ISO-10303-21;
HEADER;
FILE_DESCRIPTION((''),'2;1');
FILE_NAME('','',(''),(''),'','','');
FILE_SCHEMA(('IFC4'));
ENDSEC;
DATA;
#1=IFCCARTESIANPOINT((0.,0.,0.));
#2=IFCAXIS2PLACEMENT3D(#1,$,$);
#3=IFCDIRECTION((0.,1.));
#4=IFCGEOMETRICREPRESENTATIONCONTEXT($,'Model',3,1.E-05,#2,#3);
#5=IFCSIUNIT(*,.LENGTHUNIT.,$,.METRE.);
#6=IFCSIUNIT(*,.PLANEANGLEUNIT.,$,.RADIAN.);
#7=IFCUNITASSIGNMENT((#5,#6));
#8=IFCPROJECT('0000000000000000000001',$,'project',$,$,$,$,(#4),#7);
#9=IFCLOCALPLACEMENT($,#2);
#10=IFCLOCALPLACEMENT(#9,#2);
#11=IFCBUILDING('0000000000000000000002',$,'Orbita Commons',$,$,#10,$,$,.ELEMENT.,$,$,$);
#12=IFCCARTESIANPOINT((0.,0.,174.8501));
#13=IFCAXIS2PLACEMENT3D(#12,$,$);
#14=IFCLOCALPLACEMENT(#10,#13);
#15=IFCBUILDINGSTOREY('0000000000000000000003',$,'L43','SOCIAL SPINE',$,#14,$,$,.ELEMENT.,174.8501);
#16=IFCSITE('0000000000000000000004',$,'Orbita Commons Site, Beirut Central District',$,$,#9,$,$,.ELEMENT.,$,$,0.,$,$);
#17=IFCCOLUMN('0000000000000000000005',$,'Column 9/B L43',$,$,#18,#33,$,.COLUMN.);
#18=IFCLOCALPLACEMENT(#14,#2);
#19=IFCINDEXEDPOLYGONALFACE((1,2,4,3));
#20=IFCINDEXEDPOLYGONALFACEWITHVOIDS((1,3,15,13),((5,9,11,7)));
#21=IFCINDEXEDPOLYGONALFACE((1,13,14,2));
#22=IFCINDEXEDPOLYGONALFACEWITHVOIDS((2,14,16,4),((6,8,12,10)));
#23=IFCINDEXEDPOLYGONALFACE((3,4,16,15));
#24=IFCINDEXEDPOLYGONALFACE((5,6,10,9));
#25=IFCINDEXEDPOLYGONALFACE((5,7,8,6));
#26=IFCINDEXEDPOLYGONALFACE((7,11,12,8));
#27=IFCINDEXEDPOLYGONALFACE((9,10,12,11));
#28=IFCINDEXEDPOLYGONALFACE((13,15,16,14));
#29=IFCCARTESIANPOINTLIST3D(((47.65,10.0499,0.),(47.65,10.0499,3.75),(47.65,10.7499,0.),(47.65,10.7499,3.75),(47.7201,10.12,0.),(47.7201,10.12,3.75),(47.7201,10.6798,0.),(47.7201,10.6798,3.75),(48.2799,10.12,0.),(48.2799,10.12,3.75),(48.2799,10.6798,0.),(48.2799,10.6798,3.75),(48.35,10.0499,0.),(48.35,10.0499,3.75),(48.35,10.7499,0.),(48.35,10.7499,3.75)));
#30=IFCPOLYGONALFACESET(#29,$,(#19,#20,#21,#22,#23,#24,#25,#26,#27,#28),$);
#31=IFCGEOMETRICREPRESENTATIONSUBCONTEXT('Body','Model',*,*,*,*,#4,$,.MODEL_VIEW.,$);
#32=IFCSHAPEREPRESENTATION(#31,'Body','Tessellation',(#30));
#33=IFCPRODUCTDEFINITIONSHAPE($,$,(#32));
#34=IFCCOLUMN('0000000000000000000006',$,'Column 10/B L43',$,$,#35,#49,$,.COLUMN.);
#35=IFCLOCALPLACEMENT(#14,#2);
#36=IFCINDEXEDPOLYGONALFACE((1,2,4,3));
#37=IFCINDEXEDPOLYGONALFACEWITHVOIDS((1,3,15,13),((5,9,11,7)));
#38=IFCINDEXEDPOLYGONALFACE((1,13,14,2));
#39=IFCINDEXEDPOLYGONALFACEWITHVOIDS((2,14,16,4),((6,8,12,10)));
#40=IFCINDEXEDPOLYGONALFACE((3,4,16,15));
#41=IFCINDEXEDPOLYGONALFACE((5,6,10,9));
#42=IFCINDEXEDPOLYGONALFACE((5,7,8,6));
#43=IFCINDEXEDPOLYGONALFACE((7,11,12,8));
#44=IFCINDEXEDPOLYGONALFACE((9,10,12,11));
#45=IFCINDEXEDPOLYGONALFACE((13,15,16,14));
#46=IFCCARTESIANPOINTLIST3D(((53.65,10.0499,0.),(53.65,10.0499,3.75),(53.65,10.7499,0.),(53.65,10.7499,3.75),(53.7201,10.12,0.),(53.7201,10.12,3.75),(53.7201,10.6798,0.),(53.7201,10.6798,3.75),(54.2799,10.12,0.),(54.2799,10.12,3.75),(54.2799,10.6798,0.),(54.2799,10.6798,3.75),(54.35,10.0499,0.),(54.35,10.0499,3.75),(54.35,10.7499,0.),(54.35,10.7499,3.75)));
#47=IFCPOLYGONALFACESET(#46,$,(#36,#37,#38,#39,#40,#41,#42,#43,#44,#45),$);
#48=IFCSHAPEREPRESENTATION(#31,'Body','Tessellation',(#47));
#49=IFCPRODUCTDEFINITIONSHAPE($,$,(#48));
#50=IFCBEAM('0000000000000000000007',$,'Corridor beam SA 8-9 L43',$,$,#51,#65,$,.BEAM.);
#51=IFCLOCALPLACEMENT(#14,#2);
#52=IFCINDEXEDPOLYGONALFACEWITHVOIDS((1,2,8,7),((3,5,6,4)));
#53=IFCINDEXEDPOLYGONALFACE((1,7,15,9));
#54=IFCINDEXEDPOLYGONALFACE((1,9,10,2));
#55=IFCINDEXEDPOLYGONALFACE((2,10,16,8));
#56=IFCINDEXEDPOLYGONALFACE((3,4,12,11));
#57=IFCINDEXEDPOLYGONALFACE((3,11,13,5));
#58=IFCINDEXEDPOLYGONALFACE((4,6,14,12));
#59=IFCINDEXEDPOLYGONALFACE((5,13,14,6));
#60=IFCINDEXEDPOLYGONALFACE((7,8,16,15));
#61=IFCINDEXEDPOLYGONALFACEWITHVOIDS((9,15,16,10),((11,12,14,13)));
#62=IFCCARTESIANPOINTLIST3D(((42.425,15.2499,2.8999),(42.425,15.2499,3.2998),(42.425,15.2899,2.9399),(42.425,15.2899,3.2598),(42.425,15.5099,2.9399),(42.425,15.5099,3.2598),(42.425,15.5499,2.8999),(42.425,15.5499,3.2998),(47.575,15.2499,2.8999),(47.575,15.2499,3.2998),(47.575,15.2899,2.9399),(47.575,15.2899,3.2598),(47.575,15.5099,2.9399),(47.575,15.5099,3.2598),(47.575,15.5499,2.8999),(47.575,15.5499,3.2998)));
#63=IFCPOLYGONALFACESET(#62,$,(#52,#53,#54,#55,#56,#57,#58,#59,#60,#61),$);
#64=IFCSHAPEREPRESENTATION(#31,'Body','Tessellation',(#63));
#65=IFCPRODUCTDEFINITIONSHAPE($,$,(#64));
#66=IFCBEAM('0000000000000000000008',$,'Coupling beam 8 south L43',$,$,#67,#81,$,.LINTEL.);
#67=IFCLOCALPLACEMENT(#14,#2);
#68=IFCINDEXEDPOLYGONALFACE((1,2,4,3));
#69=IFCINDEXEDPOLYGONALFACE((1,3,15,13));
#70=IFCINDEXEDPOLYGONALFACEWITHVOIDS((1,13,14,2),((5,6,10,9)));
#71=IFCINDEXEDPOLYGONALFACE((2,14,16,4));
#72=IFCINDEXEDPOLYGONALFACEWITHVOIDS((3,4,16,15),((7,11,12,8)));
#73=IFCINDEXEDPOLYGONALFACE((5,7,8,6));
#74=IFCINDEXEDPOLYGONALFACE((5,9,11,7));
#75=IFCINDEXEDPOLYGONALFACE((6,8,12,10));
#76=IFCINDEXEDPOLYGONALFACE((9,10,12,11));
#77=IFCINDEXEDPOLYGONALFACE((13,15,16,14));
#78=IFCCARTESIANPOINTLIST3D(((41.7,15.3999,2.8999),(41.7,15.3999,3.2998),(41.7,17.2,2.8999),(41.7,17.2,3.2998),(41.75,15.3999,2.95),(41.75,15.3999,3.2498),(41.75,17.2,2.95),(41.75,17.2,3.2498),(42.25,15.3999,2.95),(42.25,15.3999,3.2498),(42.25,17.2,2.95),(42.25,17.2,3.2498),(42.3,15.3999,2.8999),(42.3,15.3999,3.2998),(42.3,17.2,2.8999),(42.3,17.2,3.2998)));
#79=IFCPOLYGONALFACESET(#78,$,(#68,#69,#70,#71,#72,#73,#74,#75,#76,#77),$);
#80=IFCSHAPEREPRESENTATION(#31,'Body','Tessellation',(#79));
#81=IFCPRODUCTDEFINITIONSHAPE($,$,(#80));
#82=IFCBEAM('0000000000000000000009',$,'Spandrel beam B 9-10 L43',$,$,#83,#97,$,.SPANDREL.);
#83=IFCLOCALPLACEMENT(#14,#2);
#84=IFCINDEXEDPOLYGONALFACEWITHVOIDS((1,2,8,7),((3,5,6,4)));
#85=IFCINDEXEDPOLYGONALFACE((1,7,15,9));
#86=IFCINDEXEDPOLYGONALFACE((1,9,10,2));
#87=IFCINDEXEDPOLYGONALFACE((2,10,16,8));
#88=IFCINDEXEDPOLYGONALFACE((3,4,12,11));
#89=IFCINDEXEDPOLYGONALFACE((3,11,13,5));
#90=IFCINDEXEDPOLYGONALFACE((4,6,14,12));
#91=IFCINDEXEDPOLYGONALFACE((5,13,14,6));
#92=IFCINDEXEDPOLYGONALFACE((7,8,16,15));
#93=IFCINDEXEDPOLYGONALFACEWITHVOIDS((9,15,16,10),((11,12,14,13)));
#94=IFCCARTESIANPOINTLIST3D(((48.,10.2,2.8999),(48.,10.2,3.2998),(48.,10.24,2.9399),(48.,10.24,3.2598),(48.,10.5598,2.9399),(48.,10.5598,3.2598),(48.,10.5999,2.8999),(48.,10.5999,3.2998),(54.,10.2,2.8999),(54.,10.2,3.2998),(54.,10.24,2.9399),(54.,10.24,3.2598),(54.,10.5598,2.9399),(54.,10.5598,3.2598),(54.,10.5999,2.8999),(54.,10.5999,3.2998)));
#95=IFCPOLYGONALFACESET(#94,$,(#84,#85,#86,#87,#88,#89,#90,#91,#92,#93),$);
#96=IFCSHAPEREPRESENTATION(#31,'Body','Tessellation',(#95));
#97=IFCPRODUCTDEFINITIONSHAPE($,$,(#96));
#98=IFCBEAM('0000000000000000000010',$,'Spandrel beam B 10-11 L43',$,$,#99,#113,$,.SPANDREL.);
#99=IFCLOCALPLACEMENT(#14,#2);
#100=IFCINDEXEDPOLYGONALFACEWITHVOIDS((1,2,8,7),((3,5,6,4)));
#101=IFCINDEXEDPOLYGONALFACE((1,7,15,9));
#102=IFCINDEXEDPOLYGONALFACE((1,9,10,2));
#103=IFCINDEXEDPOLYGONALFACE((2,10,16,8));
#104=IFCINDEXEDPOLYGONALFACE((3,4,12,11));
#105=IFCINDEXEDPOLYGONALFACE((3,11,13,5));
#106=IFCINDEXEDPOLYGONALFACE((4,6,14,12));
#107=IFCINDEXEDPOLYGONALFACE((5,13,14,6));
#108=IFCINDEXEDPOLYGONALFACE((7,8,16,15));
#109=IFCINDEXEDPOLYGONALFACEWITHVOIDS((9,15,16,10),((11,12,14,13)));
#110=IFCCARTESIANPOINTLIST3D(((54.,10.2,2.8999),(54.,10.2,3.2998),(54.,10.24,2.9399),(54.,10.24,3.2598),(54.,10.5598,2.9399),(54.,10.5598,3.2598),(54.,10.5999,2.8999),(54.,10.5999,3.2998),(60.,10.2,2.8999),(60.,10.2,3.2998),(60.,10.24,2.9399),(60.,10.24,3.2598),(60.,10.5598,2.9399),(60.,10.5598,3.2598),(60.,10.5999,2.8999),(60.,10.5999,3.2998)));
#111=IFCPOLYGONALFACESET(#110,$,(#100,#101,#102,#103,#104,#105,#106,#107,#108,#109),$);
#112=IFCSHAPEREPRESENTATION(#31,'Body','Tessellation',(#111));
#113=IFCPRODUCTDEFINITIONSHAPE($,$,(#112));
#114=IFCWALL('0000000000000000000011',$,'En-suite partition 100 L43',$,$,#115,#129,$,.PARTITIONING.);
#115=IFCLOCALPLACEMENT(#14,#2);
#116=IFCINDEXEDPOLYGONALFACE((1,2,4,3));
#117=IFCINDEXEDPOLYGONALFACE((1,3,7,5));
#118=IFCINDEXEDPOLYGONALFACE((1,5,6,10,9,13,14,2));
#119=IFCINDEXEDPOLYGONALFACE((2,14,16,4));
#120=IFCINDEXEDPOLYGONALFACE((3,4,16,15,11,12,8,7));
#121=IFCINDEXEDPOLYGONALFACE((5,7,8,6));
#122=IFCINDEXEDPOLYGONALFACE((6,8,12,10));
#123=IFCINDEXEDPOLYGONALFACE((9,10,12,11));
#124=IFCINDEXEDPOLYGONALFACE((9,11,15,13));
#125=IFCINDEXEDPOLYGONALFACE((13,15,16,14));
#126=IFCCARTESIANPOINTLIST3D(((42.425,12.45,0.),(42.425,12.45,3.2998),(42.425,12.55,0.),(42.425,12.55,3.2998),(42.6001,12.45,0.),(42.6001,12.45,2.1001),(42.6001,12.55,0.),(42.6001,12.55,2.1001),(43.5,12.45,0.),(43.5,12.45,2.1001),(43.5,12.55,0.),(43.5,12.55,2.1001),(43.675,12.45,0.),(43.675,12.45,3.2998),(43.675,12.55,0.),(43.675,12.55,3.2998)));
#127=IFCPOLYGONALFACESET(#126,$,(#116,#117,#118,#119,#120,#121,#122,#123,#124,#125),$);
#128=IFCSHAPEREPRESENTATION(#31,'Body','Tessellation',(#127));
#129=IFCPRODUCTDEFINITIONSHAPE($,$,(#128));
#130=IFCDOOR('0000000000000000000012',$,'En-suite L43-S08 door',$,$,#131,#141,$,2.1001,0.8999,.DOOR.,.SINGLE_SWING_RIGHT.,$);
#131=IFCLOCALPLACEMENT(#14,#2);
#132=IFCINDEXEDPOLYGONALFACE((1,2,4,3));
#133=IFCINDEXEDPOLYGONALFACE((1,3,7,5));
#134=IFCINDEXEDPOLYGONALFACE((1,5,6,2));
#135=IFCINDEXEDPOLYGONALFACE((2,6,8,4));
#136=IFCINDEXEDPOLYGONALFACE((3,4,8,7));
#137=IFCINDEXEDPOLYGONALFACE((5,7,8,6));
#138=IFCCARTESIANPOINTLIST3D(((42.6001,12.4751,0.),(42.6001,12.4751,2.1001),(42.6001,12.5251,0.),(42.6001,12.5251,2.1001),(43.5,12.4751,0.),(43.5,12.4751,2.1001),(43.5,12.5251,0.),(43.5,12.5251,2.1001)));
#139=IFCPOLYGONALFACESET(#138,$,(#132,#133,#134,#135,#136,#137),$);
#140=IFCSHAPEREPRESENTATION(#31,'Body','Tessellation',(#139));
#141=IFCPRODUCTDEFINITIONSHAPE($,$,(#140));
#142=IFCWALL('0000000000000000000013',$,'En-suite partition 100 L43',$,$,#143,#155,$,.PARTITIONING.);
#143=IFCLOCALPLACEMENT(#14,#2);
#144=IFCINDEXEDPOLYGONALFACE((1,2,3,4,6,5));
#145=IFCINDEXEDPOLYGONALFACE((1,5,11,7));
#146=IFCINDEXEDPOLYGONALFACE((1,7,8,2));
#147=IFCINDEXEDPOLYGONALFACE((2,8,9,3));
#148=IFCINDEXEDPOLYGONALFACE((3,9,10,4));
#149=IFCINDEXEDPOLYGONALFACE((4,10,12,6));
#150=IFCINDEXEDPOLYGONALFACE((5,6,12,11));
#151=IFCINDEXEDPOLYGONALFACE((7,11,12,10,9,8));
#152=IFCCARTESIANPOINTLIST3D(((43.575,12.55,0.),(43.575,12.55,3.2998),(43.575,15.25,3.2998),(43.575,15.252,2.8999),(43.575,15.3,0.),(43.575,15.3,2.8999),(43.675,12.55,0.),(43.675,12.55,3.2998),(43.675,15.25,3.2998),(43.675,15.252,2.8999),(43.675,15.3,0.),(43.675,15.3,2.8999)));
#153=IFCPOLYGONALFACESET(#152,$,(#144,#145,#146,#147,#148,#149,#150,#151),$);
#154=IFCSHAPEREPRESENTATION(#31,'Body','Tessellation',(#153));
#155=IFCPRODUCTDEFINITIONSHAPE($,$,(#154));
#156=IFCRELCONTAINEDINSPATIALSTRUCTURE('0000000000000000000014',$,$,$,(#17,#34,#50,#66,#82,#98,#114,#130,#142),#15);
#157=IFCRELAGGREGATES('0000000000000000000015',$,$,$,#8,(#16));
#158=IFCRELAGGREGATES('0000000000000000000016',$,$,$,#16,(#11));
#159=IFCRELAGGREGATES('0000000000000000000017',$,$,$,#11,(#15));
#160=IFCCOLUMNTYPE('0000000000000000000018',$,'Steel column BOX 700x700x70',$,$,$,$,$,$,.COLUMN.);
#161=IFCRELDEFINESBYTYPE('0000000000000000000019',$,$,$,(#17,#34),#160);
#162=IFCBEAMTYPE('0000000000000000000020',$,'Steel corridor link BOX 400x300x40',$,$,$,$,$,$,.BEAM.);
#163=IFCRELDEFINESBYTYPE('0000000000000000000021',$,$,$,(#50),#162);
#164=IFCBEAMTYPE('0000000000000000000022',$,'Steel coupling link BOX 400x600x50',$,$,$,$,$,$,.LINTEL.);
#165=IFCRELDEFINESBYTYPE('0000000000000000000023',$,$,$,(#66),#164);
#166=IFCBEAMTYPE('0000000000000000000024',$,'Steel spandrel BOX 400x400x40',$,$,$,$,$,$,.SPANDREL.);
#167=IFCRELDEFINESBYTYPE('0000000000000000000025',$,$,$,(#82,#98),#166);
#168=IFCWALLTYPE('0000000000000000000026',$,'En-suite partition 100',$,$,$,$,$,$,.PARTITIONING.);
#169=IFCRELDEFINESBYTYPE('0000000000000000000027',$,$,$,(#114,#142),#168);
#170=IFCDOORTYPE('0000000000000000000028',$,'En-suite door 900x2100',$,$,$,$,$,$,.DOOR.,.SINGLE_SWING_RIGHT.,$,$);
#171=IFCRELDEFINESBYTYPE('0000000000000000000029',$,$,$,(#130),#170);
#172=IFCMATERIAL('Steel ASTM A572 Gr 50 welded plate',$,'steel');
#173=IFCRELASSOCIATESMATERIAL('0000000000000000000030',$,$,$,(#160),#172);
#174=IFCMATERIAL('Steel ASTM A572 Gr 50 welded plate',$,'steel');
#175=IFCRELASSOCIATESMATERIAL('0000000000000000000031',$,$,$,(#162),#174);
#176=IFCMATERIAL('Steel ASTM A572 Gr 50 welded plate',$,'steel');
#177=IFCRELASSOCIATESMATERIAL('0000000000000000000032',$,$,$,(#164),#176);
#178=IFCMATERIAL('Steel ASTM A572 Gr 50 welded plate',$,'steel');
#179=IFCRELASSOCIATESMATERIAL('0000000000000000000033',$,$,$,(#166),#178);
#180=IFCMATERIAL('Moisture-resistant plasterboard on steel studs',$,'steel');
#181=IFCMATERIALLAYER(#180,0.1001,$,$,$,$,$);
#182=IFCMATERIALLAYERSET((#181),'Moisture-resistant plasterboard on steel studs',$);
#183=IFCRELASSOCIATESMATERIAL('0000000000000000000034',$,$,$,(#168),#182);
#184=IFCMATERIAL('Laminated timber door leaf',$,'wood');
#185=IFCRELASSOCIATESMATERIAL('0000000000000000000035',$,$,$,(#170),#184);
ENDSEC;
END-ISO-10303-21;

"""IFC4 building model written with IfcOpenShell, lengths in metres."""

from ifc_helpers import new_model, si_unit, direction, frame, frame_2d, origin, origin_2d, place, context, subcontext, project, spatial, polyline, rectangle, hollow_rectangle, outline, extrude, material, layer, layer_set, material_profile, profile_set, type_object, element, fill, save


model = new_model("IFC4")

# Units and contexts
model_context = context("Model", 3, precision=1e-05, world=origin(), true_north=direction((0.0, 1.0)))
body_context = subcontext(model_context, "Body", "Model", "MODEL_VIEW")
ifc_project = project(units=[si_unit("LENGTHUNIT", "METRE"), si_unit("PLANEANGLEUNIT", "RADIAN")], contexts=[model_context])

# Site, building, storey
site_placement = place(None, origin())
site = spatial("IfcSite", under=ifc_project, at=site_placement, Name="Orbita Commons Site, Beirut Central District", CompositionType="ELEMENT", RefElevation=0.0)
building_placement = place(site_placement, origin())
building = spatial("IfcBuilding", under=site, at=building_placement, Name="Orbita Commons", CompositionType="ELEMENT")
storey_placement = place(building_placement, frame((0.0, 0.0, 174.8501)))
storey = spatial("IfcBuildingStorey", under=building, at=storey_placement, Name="L43", Description="SOCIAL SPINE", CompositionType="ELEMENT", Elevation=174.8501)

# Columns
ifc_material_1 = material(Name="Steel ASTM A572 Gr 50 welded plate", Category="steel")
ifc_material_profile_1 = material_profile(ifc_material_1, hollow_rectangle(XDim=0.7, YDim=0.7, WallThickness=0.0701, at=origin_2d()), Name="BOX 700x700x70")
ifc_profile_set_1 = profile_set([ifc_material_profile_1], Name="Steel ASTM A572 Gr 50 welded plate")
column_type = type_object("IfcColumnType", Name="Steel column BOX 700x700x70", PredefinedType="COLUMN", material=ifc_profile_set_1)
for number, where, z_axis, x_axis, name in (
    (1, (48.0, 10.3999, 0.0), (0.0, 0.0, 1.0), (1.0, 0.0, 0.0), "Column 9/B L43"),
    (2, (54.0, 10.3999, 0.0), (0.0, 0.0, 1.0), (1.0, 0.0, 0.0), "Column 10/B L43"),
):
    element("IfcColumn", number, at=place(storey_placement, frame(where, z_axis=z_axis, x_axis=x_axis)), inside=storey, type_object=column_type, Name=name, PredefinedType="COLUMN", context=body_context, shape_type="SweptSolid", body=[
        extrude(hollow_rectangle(XDim=0.7, YDim=0.7, WallThickness=0.0701, at=origin_2d()), origin(), (0.0, 0.0, 1.0), 3.75),
    ])

# Beams
ifc_material_2 = material(Name="Steel ASTM A572 Gr 50 welded plate", Category="steel")
ifc_material_profile_2 = material_profile(ifc_material_2, hollow_rectangle(XDim=0.3, YDim=0.3999, WallThickness=0.04, at=origin_2d()), Name="BOX 400x300x40")
ifc_profile_set_2 = profile_set([ifc_material_profile_2], Name="Steel ASTM A572 Gr 50 welded plate")
beam_type_1 = type_object("IfcBeamType", Name="Steel corridor link BOX 400x300x40", PredefinedType="BEAM", material=ifc_profile_set_2)
beam_1_placement = place(storey_placement, frame((42.425, 15.3999, 3.0999), z_axis=(1.0, 0.0, 0.0), x_axis=(0.0, 1.0, 0.0)))
element("IfcBeam", 3, at=beam_1_placement, inside=storey, type_object=beam_type_1, Name="Corridor beam SA 8-9 L43", PredefinedType="BEAM", context=body_context, shape_type="SweptSolid", body=[
    extrude(hollow_rectangle(XDim=0.3, YDim=0.3999, WallThickness=0.04, at=origin_2d()), origin(), (0.0, 0.0, 1.0), 5.1499),
])
ifc_material_3 = material(Name="Steel ASTM A572 Gr 50 welded plate", Category="steel")
ifc_material_profile_3 = material_profile(ifc_material_3, hollow_rectangle(XDim=0.6001, YDim=0.3999, WallThickness=0.05, at=origin_2d()), Name="BOX 400x600x50")
ifc_profile_set_3 = profile_set([ifc_material_profile_3], Name="Steel ASTM A572 Gr 50 welded plate")
beam_type_2 = type_object("IfcBeamType", Name="Steel coupling link BOX 400x600x50", PredefinedType="LINTEL", material=ifc_profile_set_3)
beam_2_placement = place(storey_placement, frame((42.0, 15.3999, 3.0999), z_axis=(0.0, 1.0, 0.0), x_axis=(-1.0, 0.0, 0.0)))
element("IfcBeam", 4, at=beam_2_placement, inside=storey, type_object=beam_type_2, Name="Coupling beam 8 south L43", PredefinedType="LINTEL", context=body_context, shape_type="SweptSolid", body=[
    extrude(hollow_rectangle(XDim=0.6001, YDim=0.3999, WallThickness=0.05, at=origin_2d()), origin(), (0.0, 0.0, 1.0), 1.8),
])
ifc_material_4 = material(Name="Steel ASTM A572 Gr 50 welded plate", Category="steel")
ifc_material_profile_4 = material_profile(ifc_material_4, hollow_rectangle(XDim=0.3999, YDim=0.3999, WallThickness=0.04, at=origin_2d()), Name="BOX 400x400x40")
ifc_profile_set_4 = profile_set([ifc_material_profile_4], Name="Steel ASTM A572 Gr 50 welded plate")
beam_type_3 = type_object("IfcBeamType", Name="Steel spandrel BOX 400x400x40", PredefinedType="SPANDREL", material=ifc_profile_set_4)
for number, where, z_axis, x_axis, name in (
    (5, (48.0, 10.3999, 3.0999), (1.0, 0.0, 0.0), (0.0, 1.0, 0.0), "Spandrel beam B 9-10 L43"),
    (6, (54.0, 10.3999, 3.0999), (1.0, 0.0, 0.0), (0.0, 1.0, 0.0), "Spandrel beam B 10-11 L43"),
):
    element("IfcBeam", number, at=place(storey_placement, frame(where, z_axis=z_axis, x_axis=x_axis)), inside=storey, type_object=beam_type_3, Name=name, PredefinedType="SPANDREL", context=body_context, shape_type="SweptSolid", body=[
        extrude(hollow_rectangle(XDim=0.3999, YDim=0.3999, WallThickness=0.04, at=origin_2d()), origin(), (0.0, 0.0, 1.0), 6.0),
    ])

# Wall, opening, door
ifc_material_5 = material(Name="Moisture-resistant plasterboard on steel studs", Category="steel")
ifc_layer = layer(ifc_material_5, 0.1001)
ifc_layer_set = layer_set([ifc_layer], Name="Moisture-resistant plasterboard on steel studs")
wall_type = type_object("IfcWallType", Name="En-suite partition 100", PredefinedType="PARTITIONING", material=ifc_layer_set)
wall_1_placement = place(storey_placement, frame((43.675, 12.5, 0.0), z_axis=(0.0, 0.0, 1.0), x_axis=(-1.0, 0.0, 0.0)))
wall_1 = element("IfcWall", 7, at=wall_1_placement, inside=storey, type_object=wall_type, Name="En-suite partition 100 L43", PredefinedType="PARTITIONING", context=body_context, shape_type="SweptSolid", body=[
    extrude(rectangle(XDim=1.25, YDim=0.1001, at=frame_2d((0.625, 0.0))), origin(), (0.0, 0.0, 1.0), 3.2998),
])
opening_1_placement = place(wall_1_placement, frame((0.175, 0.0, 0.0)))
opening_1 = element("IfcOpeningElement", 8, at=opening_1_placement, cuts=wall_1, PredefinedType="OPENING", context=body_context, shape_type="SweptSolid", body=[
    extrude(rectangle(XDim=0.8999, YDim=2.1001, at=frame_2d((0.45, 1.05))), frame((0.0, 0.0601, 0.0), z_axis=(0.0, -1.0, 0.0), x_axis=(1.0, 0.0, 0.0)), (0.0, 0.0, 1.0), 0.1201),
])
ifc_material_6 = material(Name="Laminated timber door leaf", Category="wood")
door_type = type_object("IfcDoorType", Name="En-suite door 900x2100", OperationType="SINGLE_SWING_RIGHT", PredefinedType="DOOR", material=ifc_material_6)
door_1_placement = place(opening_1_placement, origin())
door_1 = element("IfcDoor", 9, at=door_1_placement, inside=storey, type_object=door_type, Name="En-suite L43-S08 door", OperationType="SINGLE_SWING_RIGHT", OverallHeight=2.1001, OverallWidth=0.8999, PredefinedType="DOOR", context=body_context, shape_type="SweptSolid", body=[
    extrude(rectangle(XDim=0.8999, YDim=2.1001, at=frame_2d((0.45, 1.05))), frame((0.0, 0.0249, 0.0), z_axis=(0.0, -1.0, 0.0), x_axis=(1.0, 0.0, 0.0)), (0.0, 0.0, 1.0), 0.05),
])
fill(opening_1, door_1)

# Wall
wall_2_placement = place(storey_placement, frame((43.625, 12.55, 0.0), z_axis=(0.0, 0.0, 1.0), x_axis=(0.0, 1.0, 0.0)))
element("IfcWall", 10, at=wall_2_placement, inside=storey, type_object=wall_type, Name="En-suite partition 100 L43", PredefinedType="PARTITIONING", context=body_context, shape_type="SweptSolid", body=[
    extrude(outline(polyline([(0.0, 0.0), (2.75, 0.0), (2.75, 2.8999), (2.7019, 2.8999), (2.7, 3.2998), (0.0, 3.2998), (0.0, 0.0)])), frame((0.0, 0.05, 0.0), z_axis=(0.0, -1.0, 0.0), x_axis=(1.0, 0.0, 0.0)), (0.0, 0.0, 1.0), 0.1001),
])

save(model, "model.ifc")
